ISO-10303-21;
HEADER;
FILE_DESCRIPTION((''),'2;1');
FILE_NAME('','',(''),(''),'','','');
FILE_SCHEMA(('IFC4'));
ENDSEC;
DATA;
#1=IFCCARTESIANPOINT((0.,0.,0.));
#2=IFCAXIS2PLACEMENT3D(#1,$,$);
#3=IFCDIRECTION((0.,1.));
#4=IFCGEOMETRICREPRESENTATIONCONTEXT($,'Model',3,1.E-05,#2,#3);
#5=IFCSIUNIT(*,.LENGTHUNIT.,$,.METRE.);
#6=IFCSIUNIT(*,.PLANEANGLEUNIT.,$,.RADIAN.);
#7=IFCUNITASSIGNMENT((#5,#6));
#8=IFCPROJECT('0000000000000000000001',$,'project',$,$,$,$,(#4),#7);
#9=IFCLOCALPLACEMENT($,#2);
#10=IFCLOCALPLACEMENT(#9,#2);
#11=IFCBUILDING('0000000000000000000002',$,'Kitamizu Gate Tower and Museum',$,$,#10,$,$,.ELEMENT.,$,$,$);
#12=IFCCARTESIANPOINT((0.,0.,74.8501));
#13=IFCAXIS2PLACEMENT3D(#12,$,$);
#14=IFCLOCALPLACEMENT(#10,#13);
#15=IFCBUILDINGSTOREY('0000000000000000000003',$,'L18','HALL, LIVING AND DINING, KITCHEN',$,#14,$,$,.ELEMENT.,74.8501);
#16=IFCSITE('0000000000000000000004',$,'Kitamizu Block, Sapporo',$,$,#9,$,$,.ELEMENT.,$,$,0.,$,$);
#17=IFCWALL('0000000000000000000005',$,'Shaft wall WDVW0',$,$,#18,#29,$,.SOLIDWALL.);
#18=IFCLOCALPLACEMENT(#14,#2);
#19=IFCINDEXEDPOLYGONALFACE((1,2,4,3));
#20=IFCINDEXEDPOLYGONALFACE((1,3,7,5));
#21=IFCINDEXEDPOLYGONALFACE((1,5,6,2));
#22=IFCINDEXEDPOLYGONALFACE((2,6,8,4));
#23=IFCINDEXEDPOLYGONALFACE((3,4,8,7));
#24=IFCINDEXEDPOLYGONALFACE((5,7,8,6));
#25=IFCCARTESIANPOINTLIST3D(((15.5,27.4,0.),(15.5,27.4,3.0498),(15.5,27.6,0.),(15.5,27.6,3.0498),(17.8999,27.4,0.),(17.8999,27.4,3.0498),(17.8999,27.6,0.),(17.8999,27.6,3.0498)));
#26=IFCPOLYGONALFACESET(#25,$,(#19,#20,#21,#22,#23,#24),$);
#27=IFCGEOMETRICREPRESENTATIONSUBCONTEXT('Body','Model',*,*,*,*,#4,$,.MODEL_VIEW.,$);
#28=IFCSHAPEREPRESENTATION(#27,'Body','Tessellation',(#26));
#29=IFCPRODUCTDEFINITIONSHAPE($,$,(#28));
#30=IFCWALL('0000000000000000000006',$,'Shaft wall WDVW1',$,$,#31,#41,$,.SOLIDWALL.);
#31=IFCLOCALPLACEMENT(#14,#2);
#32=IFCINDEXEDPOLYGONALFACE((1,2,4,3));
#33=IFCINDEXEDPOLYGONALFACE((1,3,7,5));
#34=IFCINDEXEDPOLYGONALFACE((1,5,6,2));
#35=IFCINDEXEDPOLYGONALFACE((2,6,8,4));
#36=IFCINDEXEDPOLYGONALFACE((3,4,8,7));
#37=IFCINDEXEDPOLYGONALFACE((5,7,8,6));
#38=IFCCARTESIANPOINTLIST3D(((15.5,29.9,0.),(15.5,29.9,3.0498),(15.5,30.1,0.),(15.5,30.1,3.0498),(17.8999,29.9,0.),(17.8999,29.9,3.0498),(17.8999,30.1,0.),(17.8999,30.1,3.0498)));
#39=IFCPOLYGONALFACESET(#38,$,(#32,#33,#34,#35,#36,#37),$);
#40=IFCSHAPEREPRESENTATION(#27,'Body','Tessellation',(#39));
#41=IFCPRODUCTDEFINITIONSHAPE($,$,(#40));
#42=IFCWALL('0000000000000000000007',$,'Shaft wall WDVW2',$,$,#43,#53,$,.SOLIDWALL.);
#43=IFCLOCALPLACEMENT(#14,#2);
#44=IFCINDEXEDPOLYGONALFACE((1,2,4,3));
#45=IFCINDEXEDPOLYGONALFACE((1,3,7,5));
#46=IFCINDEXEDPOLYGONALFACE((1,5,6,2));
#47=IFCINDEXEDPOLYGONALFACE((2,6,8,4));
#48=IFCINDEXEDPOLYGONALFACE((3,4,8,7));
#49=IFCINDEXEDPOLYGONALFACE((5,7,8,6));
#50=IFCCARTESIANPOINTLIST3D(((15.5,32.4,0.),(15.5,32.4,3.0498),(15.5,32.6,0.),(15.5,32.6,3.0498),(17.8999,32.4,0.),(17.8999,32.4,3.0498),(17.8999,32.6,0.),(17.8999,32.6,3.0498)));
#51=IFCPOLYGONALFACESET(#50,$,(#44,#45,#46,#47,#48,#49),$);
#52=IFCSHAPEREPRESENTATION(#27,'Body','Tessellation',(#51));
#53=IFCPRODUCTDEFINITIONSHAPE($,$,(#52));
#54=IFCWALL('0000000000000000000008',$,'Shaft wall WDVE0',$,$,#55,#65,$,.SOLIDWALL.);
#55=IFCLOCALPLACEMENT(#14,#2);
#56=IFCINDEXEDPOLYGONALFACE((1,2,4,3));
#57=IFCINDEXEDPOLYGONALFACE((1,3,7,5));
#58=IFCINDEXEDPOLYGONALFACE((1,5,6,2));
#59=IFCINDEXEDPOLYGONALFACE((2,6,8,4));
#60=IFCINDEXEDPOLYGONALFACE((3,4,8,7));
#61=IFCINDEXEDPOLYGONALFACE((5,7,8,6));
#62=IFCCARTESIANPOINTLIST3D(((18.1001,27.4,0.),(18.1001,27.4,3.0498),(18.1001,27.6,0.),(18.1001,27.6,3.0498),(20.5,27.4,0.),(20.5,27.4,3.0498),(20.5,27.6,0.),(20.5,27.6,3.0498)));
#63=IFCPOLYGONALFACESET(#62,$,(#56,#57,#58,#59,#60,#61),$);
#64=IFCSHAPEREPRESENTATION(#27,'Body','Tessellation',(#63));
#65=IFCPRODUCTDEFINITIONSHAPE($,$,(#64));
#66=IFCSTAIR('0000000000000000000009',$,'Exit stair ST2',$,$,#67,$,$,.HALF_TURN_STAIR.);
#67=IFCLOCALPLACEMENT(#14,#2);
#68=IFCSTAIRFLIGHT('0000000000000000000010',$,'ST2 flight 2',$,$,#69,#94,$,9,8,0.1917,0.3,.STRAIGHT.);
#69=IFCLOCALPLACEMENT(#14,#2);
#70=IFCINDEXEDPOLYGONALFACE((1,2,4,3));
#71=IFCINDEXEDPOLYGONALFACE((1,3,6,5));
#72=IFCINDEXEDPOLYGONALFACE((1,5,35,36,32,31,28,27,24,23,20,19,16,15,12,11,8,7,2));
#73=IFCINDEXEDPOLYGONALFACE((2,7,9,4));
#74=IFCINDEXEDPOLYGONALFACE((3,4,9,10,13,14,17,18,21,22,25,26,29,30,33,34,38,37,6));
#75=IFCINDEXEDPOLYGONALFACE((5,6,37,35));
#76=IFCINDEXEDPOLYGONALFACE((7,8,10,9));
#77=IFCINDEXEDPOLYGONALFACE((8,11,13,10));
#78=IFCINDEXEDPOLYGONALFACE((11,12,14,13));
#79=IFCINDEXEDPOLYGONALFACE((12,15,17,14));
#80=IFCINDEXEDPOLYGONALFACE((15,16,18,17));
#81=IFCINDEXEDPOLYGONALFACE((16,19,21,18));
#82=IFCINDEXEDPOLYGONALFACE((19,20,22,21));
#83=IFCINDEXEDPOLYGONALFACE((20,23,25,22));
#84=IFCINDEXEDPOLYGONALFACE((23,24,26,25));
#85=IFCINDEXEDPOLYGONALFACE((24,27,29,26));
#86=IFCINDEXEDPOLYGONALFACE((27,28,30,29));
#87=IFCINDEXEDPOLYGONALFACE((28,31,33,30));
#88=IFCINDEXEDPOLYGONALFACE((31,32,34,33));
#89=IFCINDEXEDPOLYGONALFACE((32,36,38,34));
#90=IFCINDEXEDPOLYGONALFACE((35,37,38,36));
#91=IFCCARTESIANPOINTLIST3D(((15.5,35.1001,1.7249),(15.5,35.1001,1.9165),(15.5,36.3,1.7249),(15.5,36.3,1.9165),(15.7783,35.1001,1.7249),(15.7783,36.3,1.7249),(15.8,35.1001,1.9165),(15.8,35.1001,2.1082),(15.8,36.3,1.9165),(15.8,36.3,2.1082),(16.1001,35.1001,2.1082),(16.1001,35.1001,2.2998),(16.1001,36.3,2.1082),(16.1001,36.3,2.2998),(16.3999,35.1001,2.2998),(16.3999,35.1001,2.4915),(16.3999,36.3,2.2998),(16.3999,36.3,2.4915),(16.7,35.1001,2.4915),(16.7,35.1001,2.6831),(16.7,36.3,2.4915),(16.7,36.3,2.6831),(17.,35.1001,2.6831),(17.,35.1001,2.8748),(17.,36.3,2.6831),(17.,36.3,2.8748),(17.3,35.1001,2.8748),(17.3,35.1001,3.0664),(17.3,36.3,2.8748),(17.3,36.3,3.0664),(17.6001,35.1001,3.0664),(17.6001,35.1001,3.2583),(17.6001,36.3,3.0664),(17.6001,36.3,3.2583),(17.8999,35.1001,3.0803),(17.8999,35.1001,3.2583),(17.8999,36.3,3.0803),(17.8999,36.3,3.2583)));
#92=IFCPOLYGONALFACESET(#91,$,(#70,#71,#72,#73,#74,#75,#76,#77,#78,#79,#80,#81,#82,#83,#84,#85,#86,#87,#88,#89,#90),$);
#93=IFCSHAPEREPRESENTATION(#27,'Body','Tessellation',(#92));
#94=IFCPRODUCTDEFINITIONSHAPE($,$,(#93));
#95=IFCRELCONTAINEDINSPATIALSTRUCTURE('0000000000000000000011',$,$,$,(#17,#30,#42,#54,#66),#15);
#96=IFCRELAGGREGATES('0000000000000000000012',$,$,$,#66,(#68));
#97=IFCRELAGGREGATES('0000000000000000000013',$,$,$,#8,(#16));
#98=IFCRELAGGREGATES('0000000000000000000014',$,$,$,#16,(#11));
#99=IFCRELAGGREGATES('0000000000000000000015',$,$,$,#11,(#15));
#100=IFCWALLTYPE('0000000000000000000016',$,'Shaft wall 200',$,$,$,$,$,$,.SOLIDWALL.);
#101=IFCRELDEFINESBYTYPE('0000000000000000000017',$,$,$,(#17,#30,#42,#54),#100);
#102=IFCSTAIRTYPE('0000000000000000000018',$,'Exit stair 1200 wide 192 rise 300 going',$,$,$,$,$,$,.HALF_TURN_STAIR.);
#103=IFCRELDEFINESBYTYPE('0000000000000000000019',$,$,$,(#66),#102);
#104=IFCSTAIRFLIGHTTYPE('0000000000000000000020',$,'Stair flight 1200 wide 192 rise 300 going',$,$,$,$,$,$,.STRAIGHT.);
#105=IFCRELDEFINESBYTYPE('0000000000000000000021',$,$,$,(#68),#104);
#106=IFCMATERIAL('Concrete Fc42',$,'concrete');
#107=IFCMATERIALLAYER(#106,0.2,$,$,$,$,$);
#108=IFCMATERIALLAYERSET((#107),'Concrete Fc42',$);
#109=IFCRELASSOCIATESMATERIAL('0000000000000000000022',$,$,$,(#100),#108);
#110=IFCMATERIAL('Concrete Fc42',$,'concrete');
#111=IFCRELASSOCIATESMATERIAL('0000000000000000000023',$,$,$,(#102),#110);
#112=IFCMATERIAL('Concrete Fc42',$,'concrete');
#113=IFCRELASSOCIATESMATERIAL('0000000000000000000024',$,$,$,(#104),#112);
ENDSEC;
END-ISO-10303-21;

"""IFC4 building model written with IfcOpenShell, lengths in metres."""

from ifc_helpers import new_model, si_unit, direction, frame, frame_2d, origin, place, context, subcontext, project, spatial, polyline, rectangle, outline, extrude, material, layer, layer_set, type_object, element, aggregate, save


model = new_model("IFC4")

# Units and contexts
model_context = context("Model", 3, precision=1e-05, world=origin(), true_north=direction((0.0, 1.0)))
body_context = subcontext(model_context, "Body", "Model", "MODEL_VIEW")
ifc_project = project(units=[si_unit("LENGTHUNIT", "METRE"), si_unit("PLANEANGLEUNIT", "RADIAN")], contexts=[model_context])

# Site, building, storey
site_placement = place(None, origin())
site = spatial("IfcSite", under=ifc_project, at=site_placement, Name="Kitamizu Block, Sapporo", CompositionType="ELEMENT", RefElevation=0.0)
building_placement = place(site_placement, origin())
building = spatial("IfcBuilding", under=site, at=building_placement, Name="Kitamizu Gate Tower and Museum", CompositionType="ELEMENT")
storey_placement = place(building_placement, frame((0.0, 0.0, 74.8501)))
storey = spatial("IfcBuildingStorey", under=building, at=storey_placement, Name="L18", Description="HALL, LIVING AND DINING, KITCHEN", CompositionType="ELEMENT", Elevation=74.8501)

# Shared definitions
ifc_material_1 = material(Name="Concrete Fc42", Category="concrete")
ifc_layer_1 = layer(ifc_material_1, 0.2)
ifc_layer_set_1 = layer_set([ifc_layer_1], Name="Concrete Fc42")
wall_type_1 = type_object("IfcWallType", Name="Shaft wall 200", PredefinedType="SOLIDWALL", material=ifc_layer_set_1)

# Walls
for number, where, z_axis, x_axis, name in (
    (1, (15.5, 27.5, 0.0), (0.0, 0.0, 1.0), (1.0, 0.0, 0.0), "Shaft wall WDVW0"),
    (2, (15.5, 30.0, 0.0), (0.0, 0.0, 1.0), (1.0, 0.0, 0.0), "Shaft wall WDVW1"),
    (3, (15.5, 32.5, 0.0), (0.0, 0.0, 1.0), (1.0, 0.0, 0.0), "Shaft wall WDVW2"),
    (4, (18.1001, 27.5, 0.0), (0.0, 0.0, 1.0), (1.0, 0.0, 0.0), "Shaft wall WDVE0"),
):
    element("IfcWall", number, at=place(storey_placement, frame(where, z_axis=z_axis, x_axis=x_axis)), inside=storey, type_object=wall_type_1, Name=name, PredefinedType="SOLIDWALL", context=body_context, shape_type="SweptSolid", body=[
        extrude(rectangle(XDim=2.3999, YDim=0.2, at=frame_2d((1.2, 0.0))), origin(), (0.0, 0.0, 1.0), 3.0498),
    ])

# Stair, stair flight
ifc_material_2 = material(Name="Concrete Fc42", Category="concrete")
stair_type = type_object("IfcStairType", Name="Exit stair 1200 wide 192 rise 300 going", PredefinedType="HALF_TURN_STAIR", material=ifc_material_2)
stair_placement = place(storey_placement, origin())
stair = element("IfcStair", 5, at=stair_placement, inside=storey, type_object=stair_type, Name="Exit stair ST2", PredefinedType="HALF_TURN_STAIR")
ifc_material_3 = material(Name="Concrete Fc42", Category="concrete")
stair_flight_type = type_object("IfcStairFlightType", Name="Stair flight 1200 wide 192 rise 300 going", PredefinedType="STRAIGHT", material=ifc_material_3)
stair_flight_placement = place(storey_placement, frame((15.5, 35.7, 1.7249), z_axis=(0.0, 0.0, 1.0), x_axis=(1.0, 0.0, 0.0)))
stair_flight = element("IfcStairFlight", 6, at=stair_flight_placement, type_object=stair_flight_type, Name="ST2 flight 2", NumberOfRisers=9, NumberOfTreads=8, PredefinedType="STRAIGHT", RiserHeight=0.1917, TreadLength=0.3, context=body_context, shape_type="SweptSolid", body=[
    extrude(outline(polyline([(0.0, 0.0), (0.0, 0.1917), (0.3, 0.1917), (0.3, 0.3833), (0.6001, 0.3833), (0.6001, 0.575), (0.8999, 0.575), (0.8999, 0.7666), (1.2, 0.7666), (1.2, 0.9583), (1.5, 0.9583), (1.5, 1.1499), (1.8, 1.1499), (1.8, 1.3416), (2.1001, 1.3416), (2.1001, 1.5334), (2.3999, 1.5334), (2.3999, 1.7251), (2.3999, 1.3555), (0.2783, 0.0), (0.0, 0.0)])), frame((0.0, 0.6001, 0.0), z_axis=(0.0, -1.0, 0.0), x_axis=(1.0, 0.0, 0.0)), (0.0, 0.0, 1.0), 1.2),
])
aggregate(stair, [stair_flight])

save(model, "model.ifc")
